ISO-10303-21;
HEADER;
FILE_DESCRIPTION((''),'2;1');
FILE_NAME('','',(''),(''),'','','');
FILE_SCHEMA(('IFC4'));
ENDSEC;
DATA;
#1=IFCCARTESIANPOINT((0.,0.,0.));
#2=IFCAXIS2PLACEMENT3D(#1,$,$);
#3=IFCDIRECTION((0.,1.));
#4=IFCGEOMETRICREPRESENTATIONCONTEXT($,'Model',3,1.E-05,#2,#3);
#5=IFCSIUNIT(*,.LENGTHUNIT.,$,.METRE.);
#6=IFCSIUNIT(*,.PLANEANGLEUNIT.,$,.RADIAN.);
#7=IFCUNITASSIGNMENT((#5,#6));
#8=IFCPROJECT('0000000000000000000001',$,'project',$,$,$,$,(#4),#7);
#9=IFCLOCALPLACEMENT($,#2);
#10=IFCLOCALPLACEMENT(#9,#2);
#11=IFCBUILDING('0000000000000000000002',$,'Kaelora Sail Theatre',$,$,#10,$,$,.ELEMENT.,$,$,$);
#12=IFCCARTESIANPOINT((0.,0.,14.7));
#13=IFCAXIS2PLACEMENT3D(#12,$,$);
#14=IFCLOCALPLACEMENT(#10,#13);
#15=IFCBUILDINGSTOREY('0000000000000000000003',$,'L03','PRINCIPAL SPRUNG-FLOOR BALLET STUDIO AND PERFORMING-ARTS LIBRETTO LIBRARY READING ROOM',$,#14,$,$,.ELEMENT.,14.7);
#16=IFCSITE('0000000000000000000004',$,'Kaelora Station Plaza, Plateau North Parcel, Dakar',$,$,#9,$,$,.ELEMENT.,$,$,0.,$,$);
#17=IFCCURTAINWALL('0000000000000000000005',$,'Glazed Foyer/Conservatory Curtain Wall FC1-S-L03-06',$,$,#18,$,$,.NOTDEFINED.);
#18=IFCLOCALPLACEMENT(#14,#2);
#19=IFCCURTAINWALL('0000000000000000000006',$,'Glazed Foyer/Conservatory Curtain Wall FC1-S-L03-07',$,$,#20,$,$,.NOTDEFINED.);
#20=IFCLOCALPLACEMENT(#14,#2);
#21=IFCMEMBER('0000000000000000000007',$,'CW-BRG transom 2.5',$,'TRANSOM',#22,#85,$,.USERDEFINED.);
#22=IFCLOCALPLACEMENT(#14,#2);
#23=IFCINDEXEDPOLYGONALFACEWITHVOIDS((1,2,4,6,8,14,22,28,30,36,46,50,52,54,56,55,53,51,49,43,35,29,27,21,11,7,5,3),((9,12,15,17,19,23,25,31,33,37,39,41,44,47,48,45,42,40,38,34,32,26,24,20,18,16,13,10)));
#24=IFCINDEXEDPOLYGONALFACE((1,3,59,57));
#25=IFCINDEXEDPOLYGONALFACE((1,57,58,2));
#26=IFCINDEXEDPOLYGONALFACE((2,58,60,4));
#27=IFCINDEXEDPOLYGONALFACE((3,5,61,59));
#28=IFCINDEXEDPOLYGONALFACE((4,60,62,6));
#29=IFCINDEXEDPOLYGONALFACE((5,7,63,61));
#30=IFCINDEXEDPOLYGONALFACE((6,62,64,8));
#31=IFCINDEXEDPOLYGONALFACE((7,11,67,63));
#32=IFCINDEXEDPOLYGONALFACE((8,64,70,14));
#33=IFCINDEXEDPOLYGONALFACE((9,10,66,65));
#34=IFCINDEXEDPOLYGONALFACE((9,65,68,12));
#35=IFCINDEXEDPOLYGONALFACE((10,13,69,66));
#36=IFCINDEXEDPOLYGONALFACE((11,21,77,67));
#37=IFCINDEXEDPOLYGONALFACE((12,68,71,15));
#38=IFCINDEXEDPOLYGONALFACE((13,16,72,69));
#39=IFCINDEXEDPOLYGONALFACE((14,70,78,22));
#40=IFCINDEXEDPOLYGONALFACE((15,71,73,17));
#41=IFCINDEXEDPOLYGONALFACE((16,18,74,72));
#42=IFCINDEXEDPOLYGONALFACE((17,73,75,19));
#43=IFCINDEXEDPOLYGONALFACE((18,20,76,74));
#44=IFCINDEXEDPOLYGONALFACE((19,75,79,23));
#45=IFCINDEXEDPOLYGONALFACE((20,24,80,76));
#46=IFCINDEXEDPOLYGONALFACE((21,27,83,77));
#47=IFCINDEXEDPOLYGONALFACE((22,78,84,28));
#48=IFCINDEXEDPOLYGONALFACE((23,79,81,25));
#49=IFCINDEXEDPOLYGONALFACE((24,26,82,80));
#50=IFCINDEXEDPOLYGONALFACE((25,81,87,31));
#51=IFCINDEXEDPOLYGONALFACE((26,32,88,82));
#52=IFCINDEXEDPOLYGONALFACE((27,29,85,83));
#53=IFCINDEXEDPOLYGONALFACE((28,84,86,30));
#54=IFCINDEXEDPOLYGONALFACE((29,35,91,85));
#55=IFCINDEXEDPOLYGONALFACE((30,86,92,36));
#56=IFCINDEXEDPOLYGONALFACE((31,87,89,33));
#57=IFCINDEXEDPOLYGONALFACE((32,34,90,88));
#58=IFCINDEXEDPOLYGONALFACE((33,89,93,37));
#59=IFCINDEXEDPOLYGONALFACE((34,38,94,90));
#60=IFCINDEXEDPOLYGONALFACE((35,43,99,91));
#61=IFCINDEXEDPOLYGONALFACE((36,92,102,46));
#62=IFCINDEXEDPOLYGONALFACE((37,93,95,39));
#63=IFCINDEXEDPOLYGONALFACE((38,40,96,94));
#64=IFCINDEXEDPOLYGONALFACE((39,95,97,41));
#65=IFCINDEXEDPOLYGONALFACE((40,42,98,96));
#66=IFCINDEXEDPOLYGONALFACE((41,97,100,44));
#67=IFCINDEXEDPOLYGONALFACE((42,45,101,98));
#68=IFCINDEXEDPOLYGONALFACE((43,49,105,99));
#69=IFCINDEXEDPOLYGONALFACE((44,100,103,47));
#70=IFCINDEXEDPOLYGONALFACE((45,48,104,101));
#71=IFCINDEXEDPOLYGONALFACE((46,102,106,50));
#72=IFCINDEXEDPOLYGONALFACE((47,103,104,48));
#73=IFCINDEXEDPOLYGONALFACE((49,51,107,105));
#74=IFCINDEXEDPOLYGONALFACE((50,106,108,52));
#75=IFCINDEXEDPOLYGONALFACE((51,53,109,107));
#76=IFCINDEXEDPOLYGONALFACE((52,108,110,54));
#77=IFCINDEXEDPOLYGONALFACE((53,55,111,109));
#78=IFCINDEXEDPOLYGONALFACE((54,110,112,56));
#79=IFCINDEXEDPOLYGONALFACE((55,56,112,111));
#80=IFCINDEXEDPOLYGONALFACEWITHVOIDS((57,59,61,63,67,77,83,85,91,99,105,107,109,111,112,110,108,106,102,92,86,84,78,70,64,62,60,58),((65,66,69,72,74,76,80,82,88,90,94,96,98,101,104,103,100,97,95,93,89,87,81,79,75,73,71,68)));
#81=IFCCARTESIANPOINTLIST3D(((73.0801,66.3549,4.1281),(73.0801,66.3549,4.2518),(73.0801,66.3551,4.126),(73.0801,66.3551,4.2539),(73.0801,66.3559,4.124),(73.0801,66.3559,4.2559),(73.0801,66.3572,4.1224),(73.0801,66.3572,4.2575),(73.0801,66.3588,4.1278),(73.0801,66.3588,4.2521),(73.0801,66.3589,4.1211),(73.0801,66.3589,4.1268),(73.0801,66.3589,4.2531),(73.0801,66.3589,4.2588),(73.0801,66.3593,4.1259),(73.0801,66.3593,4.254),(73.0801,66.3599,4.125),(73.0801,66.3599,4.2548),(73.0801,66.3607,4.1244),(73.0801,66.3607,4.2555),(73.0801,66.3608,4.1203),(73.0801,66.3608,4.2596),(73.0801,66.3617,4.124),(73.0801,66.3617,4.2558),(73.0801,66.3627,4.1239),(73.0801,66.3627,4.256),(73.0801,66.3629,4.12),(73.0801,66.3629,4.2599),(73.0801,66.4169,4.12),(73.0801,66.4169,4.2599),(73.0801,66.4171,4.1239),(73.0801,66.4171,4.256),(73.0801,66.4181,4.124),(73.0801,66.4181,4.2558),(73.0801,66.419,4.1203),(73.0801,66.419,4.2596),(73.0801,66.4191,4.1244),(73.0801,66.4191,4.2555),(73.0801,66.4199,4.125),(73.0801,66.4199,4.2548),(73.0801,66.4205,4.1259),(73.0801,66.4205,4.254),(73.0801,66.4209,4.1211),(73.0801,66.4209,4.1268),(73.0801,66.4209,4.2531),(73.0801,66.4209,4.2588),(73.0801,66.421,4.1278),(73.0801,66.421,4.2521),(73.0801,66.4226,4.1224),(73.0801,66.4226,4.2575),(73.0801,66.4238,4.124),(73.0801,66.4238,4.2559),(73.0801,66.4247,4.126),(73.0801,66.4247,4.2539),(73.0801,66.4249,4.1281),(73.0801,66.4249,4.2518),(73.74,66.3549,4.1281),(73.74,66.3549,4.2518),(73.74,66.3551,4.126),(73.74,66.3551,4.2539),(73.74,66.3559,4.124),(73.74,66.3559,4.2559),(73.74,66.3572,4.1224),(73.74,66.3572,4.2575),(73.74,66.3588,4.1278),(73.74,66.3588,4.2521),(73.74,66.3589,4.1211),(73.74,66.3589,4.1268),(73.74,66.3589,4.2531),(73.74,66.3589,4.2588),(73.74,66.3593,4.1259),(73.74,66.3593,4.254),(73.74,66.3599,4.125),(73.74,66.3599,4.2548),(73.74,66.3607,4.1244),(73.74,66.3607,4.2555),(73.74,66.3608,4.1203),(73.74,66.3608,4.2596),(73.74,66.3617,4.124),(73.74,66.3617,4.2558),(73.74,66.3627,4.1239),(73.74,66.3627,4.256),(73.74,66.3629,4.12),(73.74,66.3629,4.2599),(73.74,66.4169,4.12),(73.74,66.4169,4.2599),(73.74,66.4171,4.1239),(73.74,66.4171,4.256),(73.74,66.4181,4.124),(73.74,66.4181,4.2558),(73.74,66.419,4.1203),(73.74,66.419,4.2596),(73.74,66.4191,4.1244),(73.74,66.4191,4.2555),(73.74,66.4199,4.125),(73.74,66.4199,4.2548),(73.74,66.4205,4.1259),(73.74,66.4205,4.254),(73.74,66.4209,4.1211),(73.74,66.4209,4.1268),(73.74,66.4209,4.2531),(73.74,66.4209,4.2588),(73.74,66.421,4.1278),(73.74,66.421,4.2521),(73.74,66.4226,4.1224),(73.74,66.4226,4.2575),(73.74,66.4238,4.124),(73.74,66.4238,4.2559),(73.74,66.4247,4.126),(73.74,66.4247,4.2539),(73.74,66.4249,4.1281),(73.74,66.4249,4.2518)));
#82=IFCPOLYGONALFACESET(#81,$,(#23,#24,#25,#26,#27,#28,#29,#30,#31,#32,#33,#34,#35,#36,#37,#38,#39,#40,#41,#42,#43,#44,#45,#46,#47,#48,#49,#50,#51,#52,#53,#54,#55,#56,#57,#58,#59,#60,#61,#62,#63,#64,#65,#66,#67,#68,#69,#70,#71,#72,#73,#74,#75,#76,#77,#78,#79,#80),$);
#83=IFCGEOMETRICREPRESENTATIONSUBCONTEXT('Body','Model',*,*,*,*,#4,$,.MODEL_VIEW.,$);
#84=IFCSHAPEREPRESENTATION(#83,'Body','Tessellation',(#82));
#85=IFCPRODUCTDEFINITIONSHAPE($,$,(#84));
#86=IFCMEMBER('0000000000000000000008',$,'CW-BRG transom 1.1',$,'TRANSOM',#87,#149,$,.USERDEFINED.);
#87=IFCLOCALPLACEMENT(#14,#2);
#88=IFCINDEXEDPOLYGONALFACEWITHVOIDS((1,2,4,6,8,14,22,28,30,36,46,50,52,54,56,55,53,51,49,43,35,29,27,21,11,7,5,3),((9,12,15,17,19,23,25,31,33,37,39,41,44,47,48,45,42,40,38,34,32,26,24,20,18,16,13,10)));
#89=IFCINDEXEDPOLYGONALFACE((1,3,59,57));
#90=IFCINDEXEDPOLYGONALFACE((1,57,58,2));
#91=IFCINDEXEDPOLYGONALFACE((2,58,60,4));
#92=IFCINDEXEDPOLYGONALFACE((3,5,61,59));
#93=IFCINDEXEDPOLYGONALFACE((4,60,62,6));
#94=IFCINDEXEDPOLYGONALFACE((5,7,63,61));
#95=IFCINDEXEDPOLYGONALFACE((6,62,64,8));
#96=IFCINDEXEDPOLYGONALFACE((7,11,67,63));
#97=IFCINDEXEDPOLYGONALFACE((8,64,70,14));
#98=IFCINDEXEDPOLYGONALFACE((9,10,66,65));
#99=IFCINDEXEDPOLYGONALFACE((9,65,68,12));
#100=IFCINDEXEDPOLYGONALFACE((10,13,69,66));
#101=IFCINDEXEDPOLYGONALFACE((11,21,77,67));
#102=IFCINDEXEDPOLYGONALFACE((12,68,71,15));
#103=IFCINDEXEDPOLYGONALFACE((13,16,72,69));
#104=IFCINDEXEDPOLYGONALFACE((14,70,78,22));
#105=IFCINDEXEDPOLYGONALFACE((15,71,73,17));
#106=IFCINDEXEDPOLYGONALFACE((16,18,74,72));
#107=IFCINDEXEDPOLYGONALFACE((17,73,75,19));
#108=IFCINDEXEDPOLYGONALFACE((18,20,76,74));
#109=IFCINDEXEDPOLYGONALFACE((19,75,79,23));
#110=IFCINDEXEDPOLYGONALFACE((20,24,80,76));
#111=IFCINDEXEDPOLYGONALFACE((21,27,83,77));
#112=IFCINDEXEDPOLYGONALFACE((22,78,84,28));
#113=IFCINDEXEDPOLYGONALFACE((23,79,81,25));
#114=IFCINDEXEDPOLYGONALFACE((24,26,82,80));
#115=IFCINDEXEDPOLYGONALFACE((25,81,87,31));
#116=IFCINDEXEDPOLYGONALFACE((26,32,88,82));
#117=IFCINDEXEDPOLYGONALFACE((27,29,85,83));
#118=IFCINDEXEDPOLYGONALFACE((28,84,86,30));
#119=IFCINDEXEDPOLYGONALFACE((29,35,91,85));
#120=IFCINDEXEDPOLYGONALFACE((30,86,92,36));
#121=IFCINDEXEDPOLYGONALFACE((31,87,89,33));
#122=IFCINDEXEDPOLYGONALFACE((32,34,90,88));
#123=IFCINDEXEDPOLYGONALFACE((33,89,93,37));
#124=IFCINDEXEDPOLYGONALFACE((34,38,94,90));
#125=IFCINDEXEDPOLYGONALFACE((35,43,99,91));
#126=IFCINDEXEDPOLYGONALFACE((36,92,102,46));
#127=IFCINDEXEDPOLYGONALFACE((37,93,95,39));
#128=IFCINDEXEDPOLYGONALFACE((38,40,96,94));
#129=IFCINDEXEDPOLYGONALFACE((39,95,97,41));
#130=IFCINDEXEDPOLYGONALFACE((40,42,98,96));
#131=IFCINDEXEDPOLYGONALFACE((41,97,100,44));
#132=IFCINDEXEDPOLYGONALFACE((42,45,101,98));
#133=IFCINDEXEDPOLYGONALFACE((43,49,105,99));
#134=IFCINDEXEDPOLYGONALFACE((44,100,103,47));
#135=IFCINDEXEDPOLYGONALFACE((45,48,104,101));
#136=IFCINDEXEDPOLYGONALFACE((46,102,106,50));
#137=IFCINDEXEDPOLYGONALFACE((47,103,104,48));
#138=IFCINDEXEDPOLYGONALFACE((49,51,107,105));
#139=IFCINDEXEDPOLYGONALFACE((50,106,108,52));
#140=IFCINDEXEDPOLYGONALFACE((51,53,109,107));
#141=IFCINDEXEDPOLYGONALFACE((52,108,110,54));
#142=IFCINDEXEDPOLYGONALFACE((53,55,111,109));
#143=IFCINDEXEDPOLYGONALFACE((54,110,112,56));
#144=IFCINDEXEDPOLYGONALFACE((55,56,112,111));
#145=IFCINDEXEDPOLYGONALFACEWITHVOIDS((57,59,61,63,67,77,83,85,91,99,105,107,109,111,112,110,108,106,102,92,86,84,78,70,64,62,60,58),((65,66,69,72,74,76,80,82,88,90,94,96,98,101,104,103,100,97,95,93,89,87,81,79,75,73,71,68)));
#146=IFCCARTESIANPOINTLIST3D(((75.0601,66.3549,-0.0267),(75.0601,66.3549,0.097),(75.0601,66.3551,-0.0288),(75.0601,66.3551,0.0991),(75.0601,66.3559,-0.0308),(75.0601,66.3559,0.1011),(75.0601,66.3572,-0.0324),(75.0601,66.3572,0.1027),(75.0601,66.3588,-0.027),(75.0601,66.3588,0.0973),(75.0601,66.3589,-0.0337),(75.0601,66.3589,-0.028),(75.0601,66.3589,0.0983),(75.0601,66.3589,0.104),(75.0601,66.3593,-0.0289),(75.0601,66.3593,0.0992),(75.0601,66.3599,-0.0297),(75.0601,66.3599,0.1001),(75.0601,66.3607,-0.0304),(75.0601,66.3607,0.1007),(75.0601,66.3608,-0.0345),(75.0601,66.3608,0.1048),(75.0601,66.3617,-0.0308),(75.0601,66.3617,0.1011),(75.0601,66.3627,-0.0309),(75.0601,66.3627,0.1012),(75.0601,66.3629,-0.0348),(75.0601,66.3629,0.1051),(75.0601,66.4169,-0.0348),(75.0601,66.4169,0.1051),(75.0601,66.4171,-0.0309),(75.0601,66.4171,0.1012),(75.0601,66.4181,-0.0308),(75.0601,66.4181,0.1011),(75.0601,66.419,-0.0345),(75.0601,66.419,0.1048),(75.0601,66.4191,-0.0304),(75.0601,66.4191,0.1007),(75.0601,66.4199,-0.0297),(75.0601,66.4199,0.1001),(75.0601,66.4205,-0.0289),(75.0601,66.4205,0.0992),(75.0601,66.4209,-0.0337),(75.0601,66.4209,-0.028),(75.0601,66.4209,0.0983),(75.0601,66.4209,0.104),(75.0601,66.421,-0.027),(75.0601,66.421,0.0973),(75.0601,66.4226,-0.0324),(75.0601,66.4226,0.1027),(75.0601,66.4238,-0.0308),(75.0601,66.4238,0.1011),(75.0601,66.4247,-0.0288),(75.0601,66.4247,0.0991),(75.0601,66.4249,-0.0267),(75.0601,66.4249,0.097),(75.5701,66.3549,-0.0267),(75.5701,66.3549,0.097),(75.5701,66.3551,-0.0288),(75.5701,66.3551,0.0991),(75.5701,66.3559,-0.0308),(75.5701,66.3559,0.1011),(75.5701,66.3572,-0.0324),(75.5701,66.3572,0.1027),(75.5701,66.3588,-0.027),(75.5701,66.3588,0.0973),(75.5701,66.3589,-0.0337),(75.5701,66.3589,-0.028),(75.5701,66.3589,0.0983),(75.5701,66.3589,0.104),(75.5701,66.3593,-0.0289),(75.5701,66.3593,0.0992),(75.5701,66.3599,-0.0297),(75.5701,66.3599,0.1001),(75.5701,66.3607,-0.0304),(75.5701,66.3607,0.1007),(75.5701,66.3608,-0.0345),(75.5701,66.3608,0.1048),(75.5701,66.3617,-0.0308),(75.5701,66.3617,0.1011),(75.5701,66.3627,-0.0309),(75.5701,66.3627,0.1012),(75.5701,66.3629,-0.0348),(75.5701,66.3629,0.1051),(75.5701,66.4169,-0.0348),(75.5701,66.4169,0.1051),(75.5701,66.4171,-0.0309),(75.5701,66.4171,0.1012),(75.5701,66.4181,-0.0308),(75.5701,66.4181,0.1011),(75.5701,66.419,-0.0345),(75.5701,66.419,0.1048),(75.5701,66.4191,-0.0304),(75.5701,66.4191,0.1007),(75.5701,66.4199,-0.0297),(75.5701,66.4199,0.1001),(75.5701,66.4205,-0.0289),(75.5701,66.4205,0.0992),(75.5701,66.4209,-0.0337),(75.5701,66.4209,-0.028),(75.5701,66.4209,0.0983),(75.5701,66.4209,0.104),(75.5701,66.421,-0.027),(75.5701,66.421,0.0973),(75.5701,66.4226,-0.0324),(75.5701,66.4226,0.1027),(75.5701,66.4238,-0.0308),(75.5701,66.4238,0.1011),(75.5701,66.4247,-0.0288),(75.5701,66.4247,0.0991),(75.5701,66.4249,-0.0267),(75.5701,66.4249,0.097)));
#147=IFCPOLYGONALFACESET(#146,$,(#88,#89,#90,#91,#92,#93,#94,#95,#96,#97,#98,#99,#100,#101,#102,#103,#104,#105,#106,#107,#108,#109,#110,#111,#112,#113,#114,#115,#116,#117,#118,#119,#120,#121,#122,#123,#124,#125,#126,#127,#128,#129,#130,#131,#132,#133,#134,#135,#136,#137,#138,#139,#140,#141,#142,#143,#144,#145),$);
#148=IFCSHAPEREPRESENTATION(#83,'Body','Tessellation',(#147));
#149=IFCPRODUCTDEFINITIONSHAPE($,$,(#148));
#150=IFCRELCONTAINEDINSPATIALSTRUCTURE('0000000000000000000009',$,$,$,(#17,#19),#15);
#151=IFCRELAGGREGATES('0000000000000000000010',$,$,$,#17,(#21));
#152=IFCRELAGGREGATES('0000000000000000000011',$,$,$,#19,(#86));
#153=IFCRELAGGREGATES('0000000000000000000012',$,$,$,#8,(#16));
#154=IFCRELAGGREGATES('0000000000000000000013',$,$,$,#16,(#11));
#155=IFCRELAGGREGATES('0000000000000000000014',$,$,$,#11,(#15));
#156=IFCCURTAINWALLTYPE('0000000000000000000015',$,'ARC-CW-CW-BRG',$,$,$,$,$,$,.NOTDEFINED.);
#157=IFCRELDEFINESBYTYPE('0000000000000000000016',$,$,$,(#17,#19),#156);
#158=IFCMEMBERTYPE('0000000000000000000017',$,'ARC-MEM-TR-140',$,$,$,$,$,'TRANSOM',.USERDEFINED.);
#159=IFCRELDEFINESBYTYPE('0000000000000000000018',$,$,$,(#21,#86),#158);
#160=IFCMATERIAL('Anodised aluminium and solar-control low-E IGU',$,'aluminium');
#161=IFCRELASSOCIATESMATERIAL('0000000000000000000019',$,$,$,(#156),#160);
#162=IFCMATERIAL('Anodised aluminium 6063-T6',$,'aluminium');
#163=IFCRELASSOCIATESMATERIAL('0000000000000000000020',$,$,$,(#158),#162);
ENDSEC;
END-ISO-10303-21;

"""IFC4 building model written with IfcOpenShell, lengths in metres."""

from ifc_helpers import new_model, si_unit, direction, frame, origin, origin_2d, place, context, subcontext, project, spatial, hollow_rectangle, extrude, material, material_profile, profile_set, type_object, element, aggregate, save


model = new_model("IFC4")

# Units and contexts
model_context = context("Model", 3, precision=1e-05, world=origin(), true_north=direction((0.0, 1.0)))
body_context = subcontext(model_context, "Body", "Model", "MODEL_VIEW")
ifc_project = project(units=[si_unit("LENGTHUNIT", "METRE"), si_unit("PLANEANGLEUNIT", "RADIAN")], contexts=[model_context])

# Site, building, storey
site_placement = place(None, origin())
site = spatial("IfcSite", under=ifc_project, at=site_placement, Name="Kaelora Station Plaza, Plateau North Parcel, Dakar", CompositionType="ELEMENT", RefElevation=0.0)
building_placement = place(site_placement, origin())
building = spatial("IfcBuilding", under=site, at=building_placement, Name="Kaelora Sail Theatre", CompositionType="ELEMENT")
storey_placement = place(building_placement, frame((0.0, 0.0, 14.7)))
storey = spatial("IfcBuildingStorey", under=building, at=storey_placement, Name="L03", Description="PRINCIPAL SPRUNG-FLOOR BALLET STUDIO AND PERFORMING-ARTS LIBRETTO LIBRARY READING ROOM", CompositionType="ELEMENT", Elevation=14.7)

# Curtain walls
ifc_material_1 = material(Name="Anodised aluminium and solar-control low-E IGU", Category="aluminium")
curtain_wall_type = type_object("IfcCurtainWallType", Name="ARC-CW-CW-BRG", PredefinedType="NOTDEFINED", material=ifc_material_1)
curtain_wall_1_placement = place(storey_placement, origin())
curtain_wall_1 = element("IfcCurtainWall", 1, at=curtain_wall_1_placement, inside=storey, type_object=curtain_wall_type, Name="Glazed Foyer/Conservatory Curtain Wall FC1-S-L03-06", PredefinedType="NOTDEFINED")
curtain_wall_2_placement = place(storey_placement, origin())
curtain_wall_2 = element("IfcCurtainWall", 2, at=curtain_wall_2_placement, inside=storey, type_object=curtain_wall_type, Name="Glazed Foyer/Conservatory Curtain Wall FC1-S-L03-07", PredefinedType="NOTDEFINED")

# Members
ifc_material_2 = material(Name="Anodised aluminium 6063-T6", Category="aluminium")
ifc_material_profile_1 = material_profile(ifc_material_2, hollow_rectangle(XDim=0.0701, YDim=0.1399, WallThickness=0.0039, InnerFilletRadius=0.0039, OuterFilletRadius=0.0081, at=origin_2d()), Name="ALU-TRAN 70x140x4")
ifc_profile_set_1 = profile_set([ifc_material_profile_1], Name="Anodised aluminium 6063-T6")
member_type_1 = type_object("IfcMemberType", Name="ARC-MEM-TR-140", ElementType="TRANSOM", PredefinedType="USERDEFINED", material=ifc_profile_set_1)
member_1_placement = place(storey_placement, frame((73.0801, 66.3899, 4.1899), z_axis=(1.0, 0.0, 0.0), x_axis=(0.0, 1.0, 0.0)))
member_1 = element("IfcMember", 3, at=member_1_placement, type_object=member_type_1, Name="CW-BRG transom 2.5", ObjectType="TRANSOM", PredefinedType="USERDEFINED", context=body_context, shape_type="SweptSolid", body=[
    extrude(hollow_rectangle(XDim=0.0701, YDim=0.1399, WallThickness=0.0039, InnerFilletRadius=0.0039, OuterFilletRadius=0.0081, at=origin_2d()), origin(), (0.0, 0.0, 1.0), 0.6599),
])
member_2_placement = place(storey_placement, frame((75.0601, 66.3899, 0.0352), z_axis=(1.0, 0.0, 0.0), x_axis=(0.0, 1.0, 0.0)))
member_2 = element("IfcMember", 4, at=member_2_placement, type_object=member_type_1, Name="CW-BRG transom 1.1", ObjectType="TRANSOM", PredefinedType="USERDEFINED", context=body_context, shape_type="SweptSolid", body=[
    extrude(hollow_rectangle(XDim=0.0701, YDim=0.1399, WallThickness=0.0039, InnerFilletRadius=0.0039, OuterFilletRadius=0.0081, at=origin_2d()), origin(), (0.0, 0.0, 1.0), 0.51),
])

aggregate(curtain_wall_1, [member_1])
aggregate(curtain_wall_2, [member_2])

save(model, "model.ifc")
